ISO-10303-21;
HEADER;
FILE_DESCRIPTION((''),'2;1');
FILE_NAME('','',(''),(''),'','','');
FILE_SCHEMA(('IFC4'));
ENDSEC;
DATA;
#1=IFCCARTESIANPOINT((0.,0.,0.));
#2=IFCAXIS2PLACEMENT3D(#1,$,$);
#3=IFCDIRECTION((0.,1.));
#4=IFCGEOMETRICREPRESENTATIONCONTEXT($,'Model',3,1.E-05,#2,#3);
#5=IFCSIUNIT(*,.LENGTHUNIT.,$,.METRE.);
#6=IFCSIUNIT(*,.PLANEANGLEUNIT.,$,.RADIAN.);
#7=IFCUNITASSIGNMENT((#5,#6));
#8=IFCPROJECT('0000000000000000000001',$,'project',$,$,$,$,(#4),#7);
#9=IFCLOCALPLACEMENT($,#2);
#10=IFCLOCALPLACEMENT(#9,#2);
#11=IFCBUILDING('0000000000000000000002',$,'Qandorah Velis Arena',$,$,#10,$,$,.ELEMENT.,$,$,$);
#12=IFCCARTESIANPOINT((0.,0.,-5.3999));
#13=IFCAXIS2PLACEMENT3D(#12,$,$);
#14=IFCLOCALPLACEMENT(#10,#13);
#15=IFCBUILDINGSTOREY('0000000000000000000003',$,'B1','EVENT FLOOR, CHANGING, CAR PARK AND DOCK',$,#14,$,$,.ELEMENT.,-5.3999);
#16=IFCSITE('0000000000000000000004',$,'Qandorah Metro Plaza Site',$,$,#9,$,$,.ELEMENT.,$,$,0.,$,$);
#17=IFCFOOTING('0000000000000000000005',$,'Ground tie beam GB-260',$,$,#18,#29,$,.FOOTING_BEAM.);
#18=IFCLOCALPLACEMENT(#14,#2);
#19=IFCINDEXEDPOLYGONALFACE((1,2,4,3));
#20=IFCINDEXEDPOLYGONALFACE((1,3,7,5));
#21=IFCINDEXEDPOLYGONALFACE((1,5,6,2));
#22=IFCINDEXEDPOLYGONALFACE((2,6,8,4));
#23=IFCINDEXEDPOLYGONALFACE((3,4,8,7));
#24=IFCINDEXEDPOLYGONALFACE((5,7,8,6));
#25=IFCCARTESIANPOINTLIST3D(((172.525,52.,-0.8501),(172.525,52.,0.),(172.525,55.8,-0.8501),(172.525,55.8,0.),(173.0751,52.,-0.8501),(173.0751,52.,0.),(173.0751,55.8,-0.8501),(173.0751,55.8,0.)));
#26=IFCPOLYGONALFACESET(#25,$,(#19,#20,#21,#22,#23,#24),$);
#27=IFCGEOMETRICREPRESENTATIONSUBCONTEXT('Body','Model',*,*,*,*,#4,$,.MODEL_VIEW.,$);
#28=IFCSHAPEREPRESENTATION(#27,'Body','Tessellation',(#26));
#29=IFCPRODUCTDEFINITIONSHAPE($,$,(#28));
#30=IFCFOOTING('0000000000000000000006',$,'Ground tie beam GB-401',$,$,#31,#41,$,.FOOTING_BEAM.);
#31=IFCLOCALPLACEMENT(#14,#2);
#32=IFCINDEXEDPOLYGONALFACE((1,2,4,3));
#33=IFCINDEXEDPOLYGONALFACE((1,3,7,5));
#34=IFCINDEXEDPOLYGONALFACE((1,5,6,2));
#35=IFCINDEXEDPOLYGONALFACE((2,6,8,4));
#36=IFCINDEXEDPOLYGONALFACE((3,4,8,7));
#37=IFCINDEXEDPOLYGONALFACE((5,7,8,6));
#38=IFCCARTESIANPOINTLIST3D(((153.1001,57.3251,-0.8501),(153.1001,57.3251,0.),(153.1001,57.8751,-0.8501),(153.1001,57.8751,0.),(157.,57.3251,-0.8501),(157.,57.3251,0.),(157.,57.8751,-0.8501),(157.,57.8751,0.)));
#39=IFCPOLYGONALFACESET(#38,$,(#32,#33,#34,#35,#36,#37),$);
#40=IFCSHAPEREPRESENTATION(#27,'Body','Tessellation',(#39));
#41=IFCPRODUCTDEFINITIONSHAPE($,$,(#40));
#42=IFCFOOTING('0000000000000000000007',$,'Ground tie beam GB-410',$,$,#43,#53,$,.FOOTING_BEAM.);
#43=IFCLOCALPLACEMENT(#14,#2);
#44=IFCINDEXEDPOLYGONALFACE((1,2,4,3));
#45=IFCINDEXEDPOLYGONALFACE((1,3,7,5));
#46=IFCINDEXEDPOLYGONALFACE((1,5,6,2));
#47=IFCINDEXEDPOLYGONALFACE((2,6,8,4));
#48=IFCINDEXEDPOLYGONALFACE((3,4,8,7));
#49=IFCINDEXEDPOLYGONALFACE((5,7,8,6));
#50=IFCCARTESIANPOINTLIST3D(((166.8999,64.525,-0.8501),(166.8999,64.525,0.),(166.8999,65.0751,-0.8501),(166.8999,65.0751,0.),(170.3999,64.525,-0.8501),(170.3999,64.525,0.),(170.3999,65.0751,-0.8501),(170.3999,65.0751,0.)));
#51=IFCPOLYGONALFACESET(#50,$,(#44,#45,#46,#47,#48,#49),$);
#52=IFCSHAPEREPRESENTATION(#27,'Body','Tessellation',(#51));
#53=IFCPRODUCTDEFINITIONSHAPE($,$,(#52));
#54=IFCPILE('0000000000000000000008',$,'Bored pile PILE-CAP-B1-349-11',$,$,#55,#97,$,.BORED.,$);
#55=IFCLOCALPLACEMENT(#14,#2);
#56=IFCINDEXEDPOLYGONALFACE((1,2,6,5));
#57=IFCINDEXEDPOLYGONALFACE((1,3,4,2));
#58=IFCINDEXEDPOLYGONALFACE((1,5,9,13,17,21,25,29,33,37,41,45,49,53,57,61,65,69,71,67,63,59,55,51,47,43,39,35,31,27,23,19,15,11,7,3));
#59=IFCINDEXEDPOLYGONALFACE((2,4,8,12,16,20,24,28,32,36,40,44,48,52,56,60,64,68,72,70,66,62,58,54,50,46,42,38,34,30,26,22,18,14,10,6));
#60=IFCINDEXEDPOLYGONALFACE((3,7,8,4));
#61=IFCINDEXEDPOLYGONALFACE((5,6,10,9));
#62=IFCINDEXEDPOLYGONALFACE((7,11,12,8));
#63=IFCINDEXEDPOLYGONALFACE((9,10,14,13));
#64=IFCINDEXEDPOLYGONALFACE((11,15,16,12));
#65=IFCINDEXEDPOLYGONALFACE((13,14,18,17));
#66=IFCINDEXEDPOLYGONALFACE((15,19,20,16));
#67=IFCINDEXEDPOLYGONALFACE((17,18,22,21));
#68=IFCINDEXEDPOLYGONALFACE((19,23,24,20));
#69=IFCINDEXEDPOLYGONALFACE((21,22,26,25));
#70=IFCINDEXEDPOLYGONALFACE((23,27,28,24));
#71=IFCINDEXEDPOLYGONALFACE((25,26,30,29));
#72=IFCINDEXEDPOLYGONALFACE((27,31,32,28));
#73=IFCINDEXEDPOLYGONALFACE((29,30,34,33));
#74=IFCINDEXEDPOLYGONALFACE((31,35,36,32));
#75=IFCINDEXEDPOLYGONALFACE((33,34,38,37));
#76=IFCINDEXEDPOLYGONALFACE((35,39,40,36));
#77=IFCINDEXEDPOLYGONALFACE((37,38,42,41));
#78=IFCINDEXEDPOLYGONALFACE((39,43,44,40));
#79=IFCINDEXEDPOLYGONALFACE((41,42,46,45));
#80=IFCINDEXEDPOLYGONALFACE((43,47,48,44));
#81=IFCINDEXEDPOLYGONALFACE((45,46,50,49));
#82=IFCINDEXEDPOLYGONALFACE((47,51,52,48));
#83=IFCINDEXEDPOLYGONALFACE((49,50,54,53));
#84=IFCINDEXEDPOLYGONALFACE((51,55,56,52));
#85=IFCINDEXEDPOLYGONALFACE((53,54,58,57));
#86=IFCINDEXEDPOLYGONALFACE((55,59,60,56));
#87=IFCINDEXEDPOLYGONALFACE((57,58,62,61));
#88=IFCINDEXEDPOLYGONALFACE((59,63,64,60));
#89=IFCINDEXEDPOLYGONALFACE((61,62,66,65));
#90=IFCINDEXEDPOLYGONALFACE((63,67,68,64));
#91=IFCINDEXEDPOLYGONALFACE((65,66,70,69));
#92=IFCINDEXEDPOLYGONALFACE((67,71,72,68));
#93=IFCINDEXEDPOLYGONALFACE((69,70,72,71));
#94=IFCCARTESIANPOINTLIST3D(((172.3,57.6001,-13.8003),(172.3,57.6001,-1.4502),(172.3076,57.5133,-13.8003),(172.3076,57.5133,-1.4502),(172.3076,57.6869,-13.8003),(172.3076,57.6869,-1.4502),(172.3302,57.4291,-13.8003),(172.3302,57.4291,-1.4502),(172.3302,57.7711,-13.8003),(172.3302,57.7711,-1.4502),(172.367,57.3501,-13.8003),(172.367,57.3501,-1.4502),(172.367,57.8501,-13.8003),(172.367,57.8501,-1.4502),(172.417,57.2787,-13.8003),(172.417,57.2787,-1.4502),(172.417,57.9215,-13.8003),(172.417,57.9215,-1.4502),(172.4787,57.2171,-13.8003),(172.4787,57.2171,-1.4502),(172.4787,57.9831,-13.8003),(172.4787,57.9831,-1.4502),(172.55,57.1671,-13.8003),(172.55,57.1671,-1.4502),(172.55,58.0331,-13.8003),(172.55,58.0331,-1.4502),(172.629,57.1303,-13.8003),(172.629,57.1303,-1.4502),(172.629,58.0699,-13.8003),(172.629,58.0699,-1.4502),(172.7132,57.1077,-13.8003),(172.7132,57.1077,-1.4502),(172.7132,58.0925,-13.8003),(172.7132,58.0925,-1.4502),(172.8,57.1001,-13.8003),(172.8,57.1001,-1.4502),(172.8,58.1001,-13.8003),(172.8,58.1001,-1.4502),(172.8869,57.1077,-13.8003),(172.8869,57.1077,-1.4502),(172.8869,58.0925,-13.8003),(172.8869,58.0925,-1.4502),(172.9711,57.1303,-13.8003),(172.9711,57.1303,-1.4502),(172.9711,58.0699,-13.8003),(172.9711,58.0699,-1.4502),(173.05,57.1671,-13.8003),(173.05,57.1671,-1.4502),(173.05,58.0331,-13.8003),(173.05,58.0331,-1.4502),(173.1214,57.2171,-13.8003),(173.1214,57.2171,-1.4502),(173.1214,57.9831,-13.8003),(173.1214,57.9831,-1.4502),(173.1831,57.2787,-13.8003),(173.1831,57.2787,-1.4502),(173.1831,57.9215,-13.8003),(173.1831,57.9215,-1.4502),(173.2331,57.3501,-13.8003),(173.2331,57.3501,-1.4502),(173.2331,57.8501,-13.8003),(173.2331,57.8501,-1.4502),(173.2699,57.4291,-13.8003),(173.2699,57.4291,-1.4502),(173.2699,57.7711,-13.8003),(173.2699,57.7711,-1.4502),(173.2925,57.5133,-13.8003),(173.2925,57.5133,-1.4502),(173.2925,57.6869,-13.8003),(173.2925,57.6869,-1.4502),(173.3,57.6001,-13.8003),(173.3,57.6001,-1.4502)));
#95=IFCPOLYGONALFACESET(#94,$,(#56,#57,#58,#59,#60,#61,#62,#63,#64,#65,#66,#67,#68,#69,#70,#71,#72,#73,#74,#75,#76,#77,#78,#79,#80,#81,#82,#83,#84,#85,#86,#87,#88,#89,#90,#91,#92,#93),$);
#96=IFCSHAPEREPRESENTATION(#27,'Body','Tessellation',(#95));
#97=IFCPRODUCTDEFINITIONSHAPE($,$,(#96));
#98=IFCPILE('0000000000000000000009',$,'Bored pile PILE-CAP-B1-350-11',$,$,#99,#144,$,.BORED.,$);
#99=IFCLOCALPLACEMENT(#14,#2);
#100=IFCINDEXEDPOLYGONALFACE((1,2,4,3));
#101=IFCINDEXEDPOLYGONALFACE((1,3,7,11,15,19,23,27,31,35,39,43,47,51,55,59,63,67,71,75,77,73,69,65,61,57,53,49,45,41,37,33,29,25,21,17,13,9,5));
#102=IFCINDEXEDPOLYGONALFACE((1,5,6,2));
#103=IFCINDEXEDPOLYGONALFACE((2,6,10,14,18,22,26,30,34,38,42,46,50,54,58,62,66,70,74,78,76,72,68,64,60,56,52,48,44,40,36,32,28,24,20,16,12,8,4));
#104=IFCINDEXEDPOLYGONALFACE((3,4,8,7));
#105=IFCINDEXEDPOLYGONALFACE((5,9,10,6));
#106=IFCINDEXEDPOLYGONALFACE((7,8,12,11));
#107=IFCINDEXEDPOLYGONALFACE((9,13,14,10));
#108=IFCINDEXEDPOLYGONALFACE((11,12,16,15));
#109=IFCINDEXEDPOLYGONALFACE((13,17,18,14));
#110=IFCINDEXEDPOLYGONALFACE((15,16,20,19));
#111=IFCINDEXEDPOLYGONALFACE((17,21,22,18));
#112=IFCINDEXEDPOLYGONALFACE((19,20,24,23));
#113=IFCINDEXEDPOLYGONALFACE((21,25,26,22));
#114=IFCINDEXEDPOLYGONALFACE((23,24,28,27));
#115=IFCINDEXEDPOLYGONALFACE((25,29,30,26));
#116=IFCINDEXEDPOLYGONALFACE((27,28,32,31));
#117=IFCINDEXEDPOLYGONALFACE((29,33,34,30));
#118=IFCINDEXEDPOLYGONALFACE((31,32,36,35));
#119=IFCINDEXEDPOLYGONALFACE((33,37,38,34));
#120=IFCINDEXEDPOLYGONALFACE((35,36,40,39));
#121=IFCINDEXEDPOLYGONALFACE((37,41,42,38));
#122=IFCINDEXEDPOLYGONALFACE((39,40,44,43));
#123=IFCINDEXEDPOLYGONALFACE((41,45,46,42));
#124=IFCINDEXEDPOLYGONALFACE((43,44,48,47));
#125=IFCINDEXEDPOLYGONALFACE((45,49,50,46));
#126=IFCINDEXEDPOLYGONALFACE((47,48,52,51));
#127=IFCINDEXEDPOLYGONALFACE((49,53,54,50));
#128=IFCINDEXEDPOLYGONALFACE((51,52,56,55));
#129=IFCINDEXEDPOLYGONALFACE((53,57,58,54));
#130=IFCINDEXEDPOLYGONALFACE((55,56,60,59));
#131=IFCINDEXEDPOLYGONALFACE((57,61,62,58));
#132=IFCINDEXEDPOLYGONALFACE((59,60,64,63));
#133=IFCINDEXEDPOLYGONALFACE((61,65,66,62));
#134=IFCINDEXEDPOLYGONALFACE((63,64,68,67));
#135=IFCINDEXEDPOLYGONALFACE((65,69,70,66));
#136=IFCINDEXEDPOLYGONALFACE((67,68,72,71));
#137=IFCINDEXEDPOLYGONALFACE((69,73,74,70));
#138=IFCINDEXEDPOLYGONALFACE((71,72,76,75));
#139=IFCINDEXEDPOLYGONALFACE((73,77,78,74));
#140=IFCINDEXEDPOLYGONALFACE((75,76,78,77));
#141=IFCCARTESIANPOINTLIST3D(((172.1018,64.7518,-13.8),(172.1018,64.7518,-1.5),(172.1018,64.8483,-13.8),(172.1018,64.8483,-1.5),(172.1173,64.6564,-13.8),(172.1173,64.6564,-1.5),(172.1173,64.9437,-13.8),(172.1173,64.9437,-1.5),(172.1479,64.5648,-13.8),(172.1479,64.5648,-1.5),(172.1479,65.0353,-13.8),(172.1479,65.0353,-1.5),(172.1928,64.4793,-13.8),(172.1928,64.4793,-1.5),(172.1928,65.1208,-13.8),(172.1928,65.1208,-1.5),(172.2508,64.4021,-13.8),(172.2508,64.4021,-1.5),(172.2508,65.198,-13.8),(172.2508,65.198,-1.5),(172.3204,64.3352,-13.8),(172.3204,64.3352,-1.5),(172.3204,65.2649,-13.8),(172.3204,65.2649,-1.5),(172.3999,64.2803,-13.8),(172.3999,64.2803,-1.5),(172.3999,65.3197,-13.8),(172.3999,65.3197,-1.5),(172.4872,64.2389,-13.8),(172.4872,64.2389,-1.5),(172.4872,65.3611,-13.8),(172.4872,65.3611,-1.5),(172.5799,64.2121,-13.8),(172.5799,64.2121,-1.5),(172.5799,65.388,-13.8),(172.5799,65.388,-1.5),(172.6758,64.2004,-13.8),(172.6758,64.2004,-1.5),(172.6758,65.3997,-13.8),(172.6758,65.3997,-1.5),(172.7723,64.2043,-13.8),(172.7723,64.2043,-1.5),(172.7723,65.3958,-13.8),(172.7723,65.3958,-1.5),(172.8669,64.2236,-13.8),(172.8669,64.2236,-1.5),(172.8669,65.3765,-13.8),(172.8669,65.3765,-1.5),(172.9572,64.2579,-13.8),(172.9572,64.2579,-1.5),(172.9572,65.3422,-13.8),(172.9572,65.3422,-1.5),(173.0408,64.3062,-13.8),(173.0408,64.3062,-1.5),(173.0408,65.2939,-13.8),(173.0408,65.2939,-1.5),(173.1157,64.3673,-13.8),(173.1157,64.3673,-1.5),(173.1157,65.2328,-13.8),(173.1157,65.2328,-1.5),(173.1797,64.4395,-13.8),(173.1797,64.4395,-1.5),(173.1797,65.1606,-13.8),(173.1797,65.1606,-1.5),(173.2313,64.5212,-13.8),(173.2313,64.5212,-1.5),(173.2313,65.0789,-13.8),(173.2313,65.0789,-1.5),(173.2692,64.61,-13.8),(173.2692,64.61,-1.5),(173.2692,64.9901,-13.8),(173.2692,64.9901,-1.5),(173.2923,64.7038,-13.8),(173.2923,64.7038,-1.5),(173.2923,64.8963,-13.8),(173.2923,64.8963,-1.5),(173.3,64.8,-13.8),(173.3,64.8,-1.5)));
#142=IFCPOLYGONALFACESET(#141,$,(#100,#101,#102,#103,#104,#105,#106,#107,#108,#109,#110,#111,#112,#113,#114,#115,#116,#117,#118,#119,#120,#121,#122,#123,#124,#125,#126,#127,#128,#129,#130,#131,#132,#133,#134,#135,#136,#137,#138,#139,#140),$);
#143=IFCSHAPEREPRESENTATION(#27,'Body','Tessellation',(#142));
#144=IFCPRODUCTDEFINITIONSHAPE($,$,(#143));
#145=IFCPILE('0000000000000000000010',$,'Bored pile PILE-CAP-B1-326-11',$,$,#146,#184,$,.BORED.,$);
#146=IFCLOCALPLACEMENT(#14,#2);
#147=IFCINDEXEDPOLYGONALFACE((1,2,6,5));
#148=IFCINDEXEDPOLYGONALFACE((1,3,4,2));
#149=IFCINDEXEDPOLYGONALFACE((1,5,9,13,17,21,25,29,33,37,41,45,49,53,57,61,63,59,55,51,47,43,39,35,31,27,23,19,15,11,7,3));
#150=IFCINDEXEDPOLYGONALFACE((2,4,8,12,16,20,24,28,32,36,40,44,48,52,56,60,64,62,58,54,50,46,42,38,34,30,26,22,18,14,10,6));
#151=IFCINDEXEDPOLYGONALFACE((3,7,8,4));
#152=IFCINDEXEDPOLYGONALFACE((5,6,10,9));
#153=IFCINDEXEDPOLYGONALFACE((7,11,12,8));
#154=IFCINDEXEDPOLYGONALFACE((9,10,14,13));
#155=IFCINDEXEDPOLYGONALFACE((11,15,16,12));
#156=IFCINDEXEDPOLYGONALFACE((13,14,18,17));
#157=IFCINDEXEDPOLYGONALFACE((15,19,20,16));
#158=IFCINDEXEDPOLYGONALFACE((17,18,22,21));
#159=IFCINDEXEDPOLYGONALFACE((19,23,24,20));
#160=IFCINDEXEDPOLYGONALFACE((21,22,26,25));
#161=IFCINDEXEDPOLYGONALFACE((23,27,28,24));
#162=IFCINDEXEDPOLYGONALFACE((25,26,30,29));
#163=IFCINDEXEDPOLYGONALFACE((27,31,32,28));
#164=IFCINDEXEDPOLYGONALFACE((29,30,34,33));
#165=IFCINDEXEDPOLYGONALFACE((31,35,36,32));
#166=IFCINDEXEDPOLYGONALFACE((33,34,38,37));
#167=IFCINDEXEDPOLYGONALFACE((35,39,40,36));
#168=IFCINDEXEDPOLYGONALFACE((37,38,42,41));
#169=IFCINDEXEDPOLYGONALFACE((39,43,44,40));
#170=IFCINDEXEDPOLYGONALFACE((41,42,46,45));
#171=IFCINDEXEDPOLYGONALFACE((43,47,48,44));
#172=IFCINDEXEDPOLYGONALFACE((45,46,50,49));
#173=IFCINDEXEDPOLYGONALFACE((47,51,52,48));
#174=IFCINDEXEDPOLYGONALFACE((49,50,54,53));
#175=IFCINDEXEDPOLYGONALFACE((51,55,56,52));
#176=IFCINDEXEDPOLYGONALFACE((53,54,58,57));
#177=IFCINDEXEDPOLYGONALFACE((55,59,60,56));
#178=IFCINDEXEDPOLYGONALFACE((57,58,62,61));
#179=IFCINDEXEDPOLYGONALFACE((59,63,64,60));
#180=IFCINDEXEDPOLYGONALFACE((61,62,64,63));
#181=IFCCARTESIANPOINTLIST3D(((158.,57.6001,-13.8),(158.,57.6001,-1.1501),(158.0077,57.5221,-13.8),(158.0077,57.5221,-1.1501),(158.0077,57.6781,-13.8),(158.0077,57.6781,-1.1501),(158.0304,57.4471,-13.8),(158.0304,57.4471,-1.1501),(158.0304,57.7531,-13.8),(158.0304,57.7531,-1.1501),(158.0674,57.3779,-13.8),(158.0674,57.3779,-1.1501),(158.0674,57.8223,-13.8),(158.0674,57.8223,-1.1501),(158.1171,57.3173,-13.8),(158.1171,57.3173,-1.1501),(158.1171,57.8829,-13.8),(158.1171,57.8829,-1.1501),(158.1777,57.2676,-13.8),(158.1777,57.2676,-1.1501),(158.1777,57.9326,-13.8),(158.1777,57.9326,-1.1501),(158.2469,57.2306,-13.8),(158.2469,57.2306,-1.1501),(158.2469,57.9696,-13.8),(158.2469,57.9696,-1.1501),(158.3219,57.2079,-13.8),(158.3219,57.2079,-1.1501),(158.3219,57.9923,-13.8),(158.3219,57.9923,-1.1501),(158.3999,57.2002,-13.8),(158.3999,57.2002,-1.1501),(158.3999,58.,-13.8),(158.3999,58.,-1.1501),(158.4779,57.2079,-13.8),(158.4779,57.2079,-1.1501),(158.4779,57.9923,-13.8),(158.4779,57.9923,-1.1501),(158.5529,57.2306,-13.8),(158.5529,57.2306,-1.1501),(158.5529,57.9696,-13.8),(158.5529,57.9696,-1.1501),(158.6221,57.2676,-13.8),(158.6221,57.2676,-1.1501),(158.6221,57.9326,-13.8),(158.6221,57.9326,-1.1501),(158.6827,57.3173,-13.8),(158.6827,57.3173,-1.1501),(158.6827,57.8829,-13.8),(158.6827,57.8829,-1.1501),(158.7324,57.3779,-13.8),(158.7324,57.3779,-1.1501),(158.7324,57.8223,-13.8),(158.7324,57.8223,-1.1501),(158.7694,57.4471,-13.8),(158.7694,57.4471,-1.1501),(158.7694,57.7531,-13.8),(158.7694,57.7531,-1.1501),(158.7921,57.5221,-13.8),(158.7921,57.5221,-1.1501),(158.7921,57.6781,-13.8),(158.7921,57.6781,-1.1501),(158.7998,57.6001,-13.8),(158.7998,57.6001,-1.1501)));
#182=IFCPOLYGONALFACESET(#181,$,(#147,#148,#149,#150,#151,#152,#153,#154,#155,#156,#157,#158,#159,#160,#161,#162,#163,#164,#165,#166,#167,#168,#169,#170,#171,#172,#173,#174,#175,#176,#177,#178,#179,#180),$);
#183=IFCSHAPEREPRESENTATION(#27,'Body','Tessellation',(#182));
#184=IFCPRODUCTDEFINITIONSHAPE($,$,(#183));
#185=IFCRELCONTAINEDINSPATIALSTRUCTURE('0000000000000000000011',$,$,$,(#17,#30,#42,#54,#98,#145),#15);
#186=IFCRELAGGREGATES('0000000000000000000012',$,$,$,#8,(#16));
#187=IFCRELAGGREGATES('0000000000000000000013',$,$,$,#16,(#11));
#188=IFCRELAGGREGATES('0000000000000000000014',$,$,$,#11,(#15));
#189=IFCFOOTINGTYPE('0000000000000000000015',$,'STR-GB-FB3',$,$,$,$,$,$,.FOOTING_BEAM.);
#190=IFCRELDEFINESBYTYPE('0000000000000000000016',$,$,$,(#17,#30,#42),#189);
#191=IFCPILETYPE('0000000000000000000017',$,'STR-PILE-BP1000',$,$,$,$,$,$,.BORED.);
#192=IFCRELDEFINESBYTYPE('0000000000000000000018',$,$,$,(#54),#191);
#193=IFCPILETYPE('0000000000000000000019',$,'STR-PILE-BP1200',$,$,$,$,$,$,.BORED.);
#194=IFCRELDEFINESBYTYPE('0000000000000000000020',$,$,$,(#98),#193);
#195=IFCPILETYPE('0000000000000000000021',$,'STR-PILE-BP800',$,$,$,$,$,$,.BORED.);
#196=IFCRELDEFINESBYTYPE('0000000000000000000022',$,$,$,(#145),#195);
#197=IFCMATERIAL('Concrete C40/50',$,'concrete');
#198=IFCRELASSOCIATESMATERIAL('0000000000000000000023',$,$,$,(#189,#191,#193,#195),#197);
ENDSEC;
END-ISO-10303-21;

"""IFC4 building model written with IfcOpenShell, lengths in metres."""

from ifc_helpers import new_model, si_unit, direction, frame, origin, origin_2d, place, context, subcontext, project, spatial, rectangle, circle, extrude, material, material_profile, profile_set, type_object, element, save


model = new_model("IFC4")

# Units and contexts
model_context = context("Model", 3, precision=1e-05, world=origin(), true_north=direction((0.0, 1.0)))
body_context = subcontext(model_context, "Body", "Model", "MODEL_VIEW")
ifc_project = project(units=[si_unit("LENGTHUNIT", "METRE"), si_unit("PLANEANGLEUNIT", "RADIAN")], contexts=[model_context])

# Site, building, storey
site_placement = place(None, origin())
site = spatial("IfcSite", under=ifc_project, at=site_placement, Name="Qandorah Metro Plaza Site", CompositionType="ELEMENT", RefElevation=0.0)
building_placement = place(site_placement, origin())
building = spatial("IfcBuilding", under=site, at=building_placement, Name="Qandorah Velis Arena", CompositionType="ELEMENT")
storey_placement = place(building_placement, frame((0.0, 0.0, -5.3999)))
storey = spatial("IfcBuildingStorey", under=building, at=storey_placement, Name="B1", Description="EVENT FLOOR, CHANGING, CAR PARK AND DOCK", CompositionType="ELEMENT", Elevation=-5.3999)

# Footings
ifc_material_1 = material(Name="Concrete C40/50", Category="concrete")
ifc_material_profile_1 = material_profile(ifc_material_1, rectangle(XDim=0.55, YDim=0.8501, at=origin_2d()), Name="GB3 550x850")
ifc_profile_set_1 = profile_set([ifc_material_profile_1], Name="Concrete C40/50")
footing_type_1 = type_object("IfcFootingType", Name="STR-GB-FB3", PredefinedType="FOOTING_BEAM", material=ifc_profile_set_1)
footing_1_placement = place(storey_placement, frame((172.8, 52.0, -0.425), z_axis=(0.0, 1.0, 0.0), x_axis=(-1.0, 0.0, 0.0)))
element("IfcFooting", 1, at=footing_1_placement, inside=storey, type_object=footing_type_1, Name="Ground tie beam GB-260", PredefinedType="FOOTING_BEAM", context=body_context, shape_type="SweptSolid", body=[
    extrude(rectangle(XDim=0.55, YDim=0.8501, at=origin_2d()), origin(), (0.0, 0.0, 1.0), 3.8),
])
footing_2_placement = place(storey_placement, frame((153.1001, 57.6001, -0.425), z_axis=(1.0, 0.0, 0.0), x_axis=(0.0, 1.0, 0.0)))
element("IfcFooting", 2, at=footing_2_placement, inside=storey, type_object=footing_type_1, Name="Ground tie beam GB-401", PredefinedType="FOOTING_BEAM", context=body_context, shape_type="SweptSolid", body=[
    extrude(rectangle(XDim=0.55, YDim=0.8501, at=origin_2d()), origin(), (0.0, 0.0, 1.0), 3.8999),
])
footing_3_placement = place(storey_placement, frame((166.8999, 64.8, -0.425), z_axis=(1.0, 0.0, 0.0), x_axis=(0.0, 1.0, 0.0)))
element("IfcFooting", 3, at=footing_3_placement, inside=storey, type_object=footing_type_1, Name="Ground tie beam GB-410", PredefinedType="FOOTING_BEAM", context=body_context, shape_type="SweptSolid", body=[
    extrude(rectangle(XDim=0.55, YDim=0.8501, at=origin_2d()), origin(), (0.0, 0.0, 1.0), 3.5),
])

# Piles
ifc_material_profile_2 = material_profile(ifc_material_1, circle(Radius=0.5, at=origin_2d()), Name="BORED PILE D1000")
ifc_profile_set_2 = profile_set([ifc_material_profile_2], Name="Concrete C40/50")
pile_type_1 = type_object("IfcPileType", Name="STR-PILE-BP1000", PredefinedType="BORED", material=ifc_profile_set_2)
pile_1_placement = place(storey_placement, frame((172.8, 57.6001, -1.4502), z_axis=(0.0, 0.0, -1.0), x_axis=(1.0, 0.0, 0.0)))
element("IfcPile", 4, at=pile_1_placement, inside=storey, type_object=pile_type_1, Name="Bored pile PILE-CAP-B1-349-11", PredefinedType="BORED", context=body_context, shape_type="SweptSolid", body=[
    extrude(circle(Radius=0.5, at=origin_2d()), origin(), (0.0, 0.0, 1.0), 12.3501),
])
ifc_material_profile_3 = material_profile(ifc_material_1, circle(Radius=0.6001, at=origin_2d()), Name="BORED PILE D1200")
ifc_profile_set_3 = profile_set([ifc_material_profile_3], Name="Concrete C40/50")
pile_type_2 = type_object("IfcPileType", Name="STR-PILE-BP1200", PredefinedType="BORED", material=ifc_profile_set_3)
pile_2_placement = place(storey_placement, frame((172.7, 64.8, -1.5), z_axis=(0.0, 0.0, -1.0), x_axis=(1.0, 0.0, 0.0)))
element("IfcPile", 5, at=pile_2_placement, inside=storey, type_object=pile_type_2, Name="Bored pile PILE-CAP-B1-350-11", PredefinedType="BORED", context=body_context, shape_type="SweptSolid", body=[
    extrude(circle(Radius=0.6001, at=origin_2d()), origin(), (0.0, 0.0, 1.0), 12.3),
])
ifc_material_profile_4 = material_profile(ifc_material_1, circle(Radius=0.3999, at=origin_2d()), Name="BORED PILE D800")
ifc_profile_set_4 = profile_set([ifc_material_profile_4], Name="Concrete C40/50")
pile_type_3 = type_object("IfcPileType", Name="STR-PILE-BP800", PredefinedType="BORED", material=ifc_profile_set_4)
pile_3_placement = place(storey_placement, frame((158.3999, 57.6001, -1.1501), z_axis=(0.0, 0.0, -1.0), x_axis=(1.0, 0.0, 0.0)))
element("IfcPile", 6, at=pile_3_placement, inside=storey, type_object=pile_type_3, Name="Bored pile PILE-CAP-B1-326-11", PredefinedType="BORED", context=body_context, shape_type="SweptSolid", body=[
    extrude(circle(Radius=0.3999, at=origin_2d()), origin(), (0.0, 0.0, 1.0), 12.6499),
])

save(model, "model.ifc")
